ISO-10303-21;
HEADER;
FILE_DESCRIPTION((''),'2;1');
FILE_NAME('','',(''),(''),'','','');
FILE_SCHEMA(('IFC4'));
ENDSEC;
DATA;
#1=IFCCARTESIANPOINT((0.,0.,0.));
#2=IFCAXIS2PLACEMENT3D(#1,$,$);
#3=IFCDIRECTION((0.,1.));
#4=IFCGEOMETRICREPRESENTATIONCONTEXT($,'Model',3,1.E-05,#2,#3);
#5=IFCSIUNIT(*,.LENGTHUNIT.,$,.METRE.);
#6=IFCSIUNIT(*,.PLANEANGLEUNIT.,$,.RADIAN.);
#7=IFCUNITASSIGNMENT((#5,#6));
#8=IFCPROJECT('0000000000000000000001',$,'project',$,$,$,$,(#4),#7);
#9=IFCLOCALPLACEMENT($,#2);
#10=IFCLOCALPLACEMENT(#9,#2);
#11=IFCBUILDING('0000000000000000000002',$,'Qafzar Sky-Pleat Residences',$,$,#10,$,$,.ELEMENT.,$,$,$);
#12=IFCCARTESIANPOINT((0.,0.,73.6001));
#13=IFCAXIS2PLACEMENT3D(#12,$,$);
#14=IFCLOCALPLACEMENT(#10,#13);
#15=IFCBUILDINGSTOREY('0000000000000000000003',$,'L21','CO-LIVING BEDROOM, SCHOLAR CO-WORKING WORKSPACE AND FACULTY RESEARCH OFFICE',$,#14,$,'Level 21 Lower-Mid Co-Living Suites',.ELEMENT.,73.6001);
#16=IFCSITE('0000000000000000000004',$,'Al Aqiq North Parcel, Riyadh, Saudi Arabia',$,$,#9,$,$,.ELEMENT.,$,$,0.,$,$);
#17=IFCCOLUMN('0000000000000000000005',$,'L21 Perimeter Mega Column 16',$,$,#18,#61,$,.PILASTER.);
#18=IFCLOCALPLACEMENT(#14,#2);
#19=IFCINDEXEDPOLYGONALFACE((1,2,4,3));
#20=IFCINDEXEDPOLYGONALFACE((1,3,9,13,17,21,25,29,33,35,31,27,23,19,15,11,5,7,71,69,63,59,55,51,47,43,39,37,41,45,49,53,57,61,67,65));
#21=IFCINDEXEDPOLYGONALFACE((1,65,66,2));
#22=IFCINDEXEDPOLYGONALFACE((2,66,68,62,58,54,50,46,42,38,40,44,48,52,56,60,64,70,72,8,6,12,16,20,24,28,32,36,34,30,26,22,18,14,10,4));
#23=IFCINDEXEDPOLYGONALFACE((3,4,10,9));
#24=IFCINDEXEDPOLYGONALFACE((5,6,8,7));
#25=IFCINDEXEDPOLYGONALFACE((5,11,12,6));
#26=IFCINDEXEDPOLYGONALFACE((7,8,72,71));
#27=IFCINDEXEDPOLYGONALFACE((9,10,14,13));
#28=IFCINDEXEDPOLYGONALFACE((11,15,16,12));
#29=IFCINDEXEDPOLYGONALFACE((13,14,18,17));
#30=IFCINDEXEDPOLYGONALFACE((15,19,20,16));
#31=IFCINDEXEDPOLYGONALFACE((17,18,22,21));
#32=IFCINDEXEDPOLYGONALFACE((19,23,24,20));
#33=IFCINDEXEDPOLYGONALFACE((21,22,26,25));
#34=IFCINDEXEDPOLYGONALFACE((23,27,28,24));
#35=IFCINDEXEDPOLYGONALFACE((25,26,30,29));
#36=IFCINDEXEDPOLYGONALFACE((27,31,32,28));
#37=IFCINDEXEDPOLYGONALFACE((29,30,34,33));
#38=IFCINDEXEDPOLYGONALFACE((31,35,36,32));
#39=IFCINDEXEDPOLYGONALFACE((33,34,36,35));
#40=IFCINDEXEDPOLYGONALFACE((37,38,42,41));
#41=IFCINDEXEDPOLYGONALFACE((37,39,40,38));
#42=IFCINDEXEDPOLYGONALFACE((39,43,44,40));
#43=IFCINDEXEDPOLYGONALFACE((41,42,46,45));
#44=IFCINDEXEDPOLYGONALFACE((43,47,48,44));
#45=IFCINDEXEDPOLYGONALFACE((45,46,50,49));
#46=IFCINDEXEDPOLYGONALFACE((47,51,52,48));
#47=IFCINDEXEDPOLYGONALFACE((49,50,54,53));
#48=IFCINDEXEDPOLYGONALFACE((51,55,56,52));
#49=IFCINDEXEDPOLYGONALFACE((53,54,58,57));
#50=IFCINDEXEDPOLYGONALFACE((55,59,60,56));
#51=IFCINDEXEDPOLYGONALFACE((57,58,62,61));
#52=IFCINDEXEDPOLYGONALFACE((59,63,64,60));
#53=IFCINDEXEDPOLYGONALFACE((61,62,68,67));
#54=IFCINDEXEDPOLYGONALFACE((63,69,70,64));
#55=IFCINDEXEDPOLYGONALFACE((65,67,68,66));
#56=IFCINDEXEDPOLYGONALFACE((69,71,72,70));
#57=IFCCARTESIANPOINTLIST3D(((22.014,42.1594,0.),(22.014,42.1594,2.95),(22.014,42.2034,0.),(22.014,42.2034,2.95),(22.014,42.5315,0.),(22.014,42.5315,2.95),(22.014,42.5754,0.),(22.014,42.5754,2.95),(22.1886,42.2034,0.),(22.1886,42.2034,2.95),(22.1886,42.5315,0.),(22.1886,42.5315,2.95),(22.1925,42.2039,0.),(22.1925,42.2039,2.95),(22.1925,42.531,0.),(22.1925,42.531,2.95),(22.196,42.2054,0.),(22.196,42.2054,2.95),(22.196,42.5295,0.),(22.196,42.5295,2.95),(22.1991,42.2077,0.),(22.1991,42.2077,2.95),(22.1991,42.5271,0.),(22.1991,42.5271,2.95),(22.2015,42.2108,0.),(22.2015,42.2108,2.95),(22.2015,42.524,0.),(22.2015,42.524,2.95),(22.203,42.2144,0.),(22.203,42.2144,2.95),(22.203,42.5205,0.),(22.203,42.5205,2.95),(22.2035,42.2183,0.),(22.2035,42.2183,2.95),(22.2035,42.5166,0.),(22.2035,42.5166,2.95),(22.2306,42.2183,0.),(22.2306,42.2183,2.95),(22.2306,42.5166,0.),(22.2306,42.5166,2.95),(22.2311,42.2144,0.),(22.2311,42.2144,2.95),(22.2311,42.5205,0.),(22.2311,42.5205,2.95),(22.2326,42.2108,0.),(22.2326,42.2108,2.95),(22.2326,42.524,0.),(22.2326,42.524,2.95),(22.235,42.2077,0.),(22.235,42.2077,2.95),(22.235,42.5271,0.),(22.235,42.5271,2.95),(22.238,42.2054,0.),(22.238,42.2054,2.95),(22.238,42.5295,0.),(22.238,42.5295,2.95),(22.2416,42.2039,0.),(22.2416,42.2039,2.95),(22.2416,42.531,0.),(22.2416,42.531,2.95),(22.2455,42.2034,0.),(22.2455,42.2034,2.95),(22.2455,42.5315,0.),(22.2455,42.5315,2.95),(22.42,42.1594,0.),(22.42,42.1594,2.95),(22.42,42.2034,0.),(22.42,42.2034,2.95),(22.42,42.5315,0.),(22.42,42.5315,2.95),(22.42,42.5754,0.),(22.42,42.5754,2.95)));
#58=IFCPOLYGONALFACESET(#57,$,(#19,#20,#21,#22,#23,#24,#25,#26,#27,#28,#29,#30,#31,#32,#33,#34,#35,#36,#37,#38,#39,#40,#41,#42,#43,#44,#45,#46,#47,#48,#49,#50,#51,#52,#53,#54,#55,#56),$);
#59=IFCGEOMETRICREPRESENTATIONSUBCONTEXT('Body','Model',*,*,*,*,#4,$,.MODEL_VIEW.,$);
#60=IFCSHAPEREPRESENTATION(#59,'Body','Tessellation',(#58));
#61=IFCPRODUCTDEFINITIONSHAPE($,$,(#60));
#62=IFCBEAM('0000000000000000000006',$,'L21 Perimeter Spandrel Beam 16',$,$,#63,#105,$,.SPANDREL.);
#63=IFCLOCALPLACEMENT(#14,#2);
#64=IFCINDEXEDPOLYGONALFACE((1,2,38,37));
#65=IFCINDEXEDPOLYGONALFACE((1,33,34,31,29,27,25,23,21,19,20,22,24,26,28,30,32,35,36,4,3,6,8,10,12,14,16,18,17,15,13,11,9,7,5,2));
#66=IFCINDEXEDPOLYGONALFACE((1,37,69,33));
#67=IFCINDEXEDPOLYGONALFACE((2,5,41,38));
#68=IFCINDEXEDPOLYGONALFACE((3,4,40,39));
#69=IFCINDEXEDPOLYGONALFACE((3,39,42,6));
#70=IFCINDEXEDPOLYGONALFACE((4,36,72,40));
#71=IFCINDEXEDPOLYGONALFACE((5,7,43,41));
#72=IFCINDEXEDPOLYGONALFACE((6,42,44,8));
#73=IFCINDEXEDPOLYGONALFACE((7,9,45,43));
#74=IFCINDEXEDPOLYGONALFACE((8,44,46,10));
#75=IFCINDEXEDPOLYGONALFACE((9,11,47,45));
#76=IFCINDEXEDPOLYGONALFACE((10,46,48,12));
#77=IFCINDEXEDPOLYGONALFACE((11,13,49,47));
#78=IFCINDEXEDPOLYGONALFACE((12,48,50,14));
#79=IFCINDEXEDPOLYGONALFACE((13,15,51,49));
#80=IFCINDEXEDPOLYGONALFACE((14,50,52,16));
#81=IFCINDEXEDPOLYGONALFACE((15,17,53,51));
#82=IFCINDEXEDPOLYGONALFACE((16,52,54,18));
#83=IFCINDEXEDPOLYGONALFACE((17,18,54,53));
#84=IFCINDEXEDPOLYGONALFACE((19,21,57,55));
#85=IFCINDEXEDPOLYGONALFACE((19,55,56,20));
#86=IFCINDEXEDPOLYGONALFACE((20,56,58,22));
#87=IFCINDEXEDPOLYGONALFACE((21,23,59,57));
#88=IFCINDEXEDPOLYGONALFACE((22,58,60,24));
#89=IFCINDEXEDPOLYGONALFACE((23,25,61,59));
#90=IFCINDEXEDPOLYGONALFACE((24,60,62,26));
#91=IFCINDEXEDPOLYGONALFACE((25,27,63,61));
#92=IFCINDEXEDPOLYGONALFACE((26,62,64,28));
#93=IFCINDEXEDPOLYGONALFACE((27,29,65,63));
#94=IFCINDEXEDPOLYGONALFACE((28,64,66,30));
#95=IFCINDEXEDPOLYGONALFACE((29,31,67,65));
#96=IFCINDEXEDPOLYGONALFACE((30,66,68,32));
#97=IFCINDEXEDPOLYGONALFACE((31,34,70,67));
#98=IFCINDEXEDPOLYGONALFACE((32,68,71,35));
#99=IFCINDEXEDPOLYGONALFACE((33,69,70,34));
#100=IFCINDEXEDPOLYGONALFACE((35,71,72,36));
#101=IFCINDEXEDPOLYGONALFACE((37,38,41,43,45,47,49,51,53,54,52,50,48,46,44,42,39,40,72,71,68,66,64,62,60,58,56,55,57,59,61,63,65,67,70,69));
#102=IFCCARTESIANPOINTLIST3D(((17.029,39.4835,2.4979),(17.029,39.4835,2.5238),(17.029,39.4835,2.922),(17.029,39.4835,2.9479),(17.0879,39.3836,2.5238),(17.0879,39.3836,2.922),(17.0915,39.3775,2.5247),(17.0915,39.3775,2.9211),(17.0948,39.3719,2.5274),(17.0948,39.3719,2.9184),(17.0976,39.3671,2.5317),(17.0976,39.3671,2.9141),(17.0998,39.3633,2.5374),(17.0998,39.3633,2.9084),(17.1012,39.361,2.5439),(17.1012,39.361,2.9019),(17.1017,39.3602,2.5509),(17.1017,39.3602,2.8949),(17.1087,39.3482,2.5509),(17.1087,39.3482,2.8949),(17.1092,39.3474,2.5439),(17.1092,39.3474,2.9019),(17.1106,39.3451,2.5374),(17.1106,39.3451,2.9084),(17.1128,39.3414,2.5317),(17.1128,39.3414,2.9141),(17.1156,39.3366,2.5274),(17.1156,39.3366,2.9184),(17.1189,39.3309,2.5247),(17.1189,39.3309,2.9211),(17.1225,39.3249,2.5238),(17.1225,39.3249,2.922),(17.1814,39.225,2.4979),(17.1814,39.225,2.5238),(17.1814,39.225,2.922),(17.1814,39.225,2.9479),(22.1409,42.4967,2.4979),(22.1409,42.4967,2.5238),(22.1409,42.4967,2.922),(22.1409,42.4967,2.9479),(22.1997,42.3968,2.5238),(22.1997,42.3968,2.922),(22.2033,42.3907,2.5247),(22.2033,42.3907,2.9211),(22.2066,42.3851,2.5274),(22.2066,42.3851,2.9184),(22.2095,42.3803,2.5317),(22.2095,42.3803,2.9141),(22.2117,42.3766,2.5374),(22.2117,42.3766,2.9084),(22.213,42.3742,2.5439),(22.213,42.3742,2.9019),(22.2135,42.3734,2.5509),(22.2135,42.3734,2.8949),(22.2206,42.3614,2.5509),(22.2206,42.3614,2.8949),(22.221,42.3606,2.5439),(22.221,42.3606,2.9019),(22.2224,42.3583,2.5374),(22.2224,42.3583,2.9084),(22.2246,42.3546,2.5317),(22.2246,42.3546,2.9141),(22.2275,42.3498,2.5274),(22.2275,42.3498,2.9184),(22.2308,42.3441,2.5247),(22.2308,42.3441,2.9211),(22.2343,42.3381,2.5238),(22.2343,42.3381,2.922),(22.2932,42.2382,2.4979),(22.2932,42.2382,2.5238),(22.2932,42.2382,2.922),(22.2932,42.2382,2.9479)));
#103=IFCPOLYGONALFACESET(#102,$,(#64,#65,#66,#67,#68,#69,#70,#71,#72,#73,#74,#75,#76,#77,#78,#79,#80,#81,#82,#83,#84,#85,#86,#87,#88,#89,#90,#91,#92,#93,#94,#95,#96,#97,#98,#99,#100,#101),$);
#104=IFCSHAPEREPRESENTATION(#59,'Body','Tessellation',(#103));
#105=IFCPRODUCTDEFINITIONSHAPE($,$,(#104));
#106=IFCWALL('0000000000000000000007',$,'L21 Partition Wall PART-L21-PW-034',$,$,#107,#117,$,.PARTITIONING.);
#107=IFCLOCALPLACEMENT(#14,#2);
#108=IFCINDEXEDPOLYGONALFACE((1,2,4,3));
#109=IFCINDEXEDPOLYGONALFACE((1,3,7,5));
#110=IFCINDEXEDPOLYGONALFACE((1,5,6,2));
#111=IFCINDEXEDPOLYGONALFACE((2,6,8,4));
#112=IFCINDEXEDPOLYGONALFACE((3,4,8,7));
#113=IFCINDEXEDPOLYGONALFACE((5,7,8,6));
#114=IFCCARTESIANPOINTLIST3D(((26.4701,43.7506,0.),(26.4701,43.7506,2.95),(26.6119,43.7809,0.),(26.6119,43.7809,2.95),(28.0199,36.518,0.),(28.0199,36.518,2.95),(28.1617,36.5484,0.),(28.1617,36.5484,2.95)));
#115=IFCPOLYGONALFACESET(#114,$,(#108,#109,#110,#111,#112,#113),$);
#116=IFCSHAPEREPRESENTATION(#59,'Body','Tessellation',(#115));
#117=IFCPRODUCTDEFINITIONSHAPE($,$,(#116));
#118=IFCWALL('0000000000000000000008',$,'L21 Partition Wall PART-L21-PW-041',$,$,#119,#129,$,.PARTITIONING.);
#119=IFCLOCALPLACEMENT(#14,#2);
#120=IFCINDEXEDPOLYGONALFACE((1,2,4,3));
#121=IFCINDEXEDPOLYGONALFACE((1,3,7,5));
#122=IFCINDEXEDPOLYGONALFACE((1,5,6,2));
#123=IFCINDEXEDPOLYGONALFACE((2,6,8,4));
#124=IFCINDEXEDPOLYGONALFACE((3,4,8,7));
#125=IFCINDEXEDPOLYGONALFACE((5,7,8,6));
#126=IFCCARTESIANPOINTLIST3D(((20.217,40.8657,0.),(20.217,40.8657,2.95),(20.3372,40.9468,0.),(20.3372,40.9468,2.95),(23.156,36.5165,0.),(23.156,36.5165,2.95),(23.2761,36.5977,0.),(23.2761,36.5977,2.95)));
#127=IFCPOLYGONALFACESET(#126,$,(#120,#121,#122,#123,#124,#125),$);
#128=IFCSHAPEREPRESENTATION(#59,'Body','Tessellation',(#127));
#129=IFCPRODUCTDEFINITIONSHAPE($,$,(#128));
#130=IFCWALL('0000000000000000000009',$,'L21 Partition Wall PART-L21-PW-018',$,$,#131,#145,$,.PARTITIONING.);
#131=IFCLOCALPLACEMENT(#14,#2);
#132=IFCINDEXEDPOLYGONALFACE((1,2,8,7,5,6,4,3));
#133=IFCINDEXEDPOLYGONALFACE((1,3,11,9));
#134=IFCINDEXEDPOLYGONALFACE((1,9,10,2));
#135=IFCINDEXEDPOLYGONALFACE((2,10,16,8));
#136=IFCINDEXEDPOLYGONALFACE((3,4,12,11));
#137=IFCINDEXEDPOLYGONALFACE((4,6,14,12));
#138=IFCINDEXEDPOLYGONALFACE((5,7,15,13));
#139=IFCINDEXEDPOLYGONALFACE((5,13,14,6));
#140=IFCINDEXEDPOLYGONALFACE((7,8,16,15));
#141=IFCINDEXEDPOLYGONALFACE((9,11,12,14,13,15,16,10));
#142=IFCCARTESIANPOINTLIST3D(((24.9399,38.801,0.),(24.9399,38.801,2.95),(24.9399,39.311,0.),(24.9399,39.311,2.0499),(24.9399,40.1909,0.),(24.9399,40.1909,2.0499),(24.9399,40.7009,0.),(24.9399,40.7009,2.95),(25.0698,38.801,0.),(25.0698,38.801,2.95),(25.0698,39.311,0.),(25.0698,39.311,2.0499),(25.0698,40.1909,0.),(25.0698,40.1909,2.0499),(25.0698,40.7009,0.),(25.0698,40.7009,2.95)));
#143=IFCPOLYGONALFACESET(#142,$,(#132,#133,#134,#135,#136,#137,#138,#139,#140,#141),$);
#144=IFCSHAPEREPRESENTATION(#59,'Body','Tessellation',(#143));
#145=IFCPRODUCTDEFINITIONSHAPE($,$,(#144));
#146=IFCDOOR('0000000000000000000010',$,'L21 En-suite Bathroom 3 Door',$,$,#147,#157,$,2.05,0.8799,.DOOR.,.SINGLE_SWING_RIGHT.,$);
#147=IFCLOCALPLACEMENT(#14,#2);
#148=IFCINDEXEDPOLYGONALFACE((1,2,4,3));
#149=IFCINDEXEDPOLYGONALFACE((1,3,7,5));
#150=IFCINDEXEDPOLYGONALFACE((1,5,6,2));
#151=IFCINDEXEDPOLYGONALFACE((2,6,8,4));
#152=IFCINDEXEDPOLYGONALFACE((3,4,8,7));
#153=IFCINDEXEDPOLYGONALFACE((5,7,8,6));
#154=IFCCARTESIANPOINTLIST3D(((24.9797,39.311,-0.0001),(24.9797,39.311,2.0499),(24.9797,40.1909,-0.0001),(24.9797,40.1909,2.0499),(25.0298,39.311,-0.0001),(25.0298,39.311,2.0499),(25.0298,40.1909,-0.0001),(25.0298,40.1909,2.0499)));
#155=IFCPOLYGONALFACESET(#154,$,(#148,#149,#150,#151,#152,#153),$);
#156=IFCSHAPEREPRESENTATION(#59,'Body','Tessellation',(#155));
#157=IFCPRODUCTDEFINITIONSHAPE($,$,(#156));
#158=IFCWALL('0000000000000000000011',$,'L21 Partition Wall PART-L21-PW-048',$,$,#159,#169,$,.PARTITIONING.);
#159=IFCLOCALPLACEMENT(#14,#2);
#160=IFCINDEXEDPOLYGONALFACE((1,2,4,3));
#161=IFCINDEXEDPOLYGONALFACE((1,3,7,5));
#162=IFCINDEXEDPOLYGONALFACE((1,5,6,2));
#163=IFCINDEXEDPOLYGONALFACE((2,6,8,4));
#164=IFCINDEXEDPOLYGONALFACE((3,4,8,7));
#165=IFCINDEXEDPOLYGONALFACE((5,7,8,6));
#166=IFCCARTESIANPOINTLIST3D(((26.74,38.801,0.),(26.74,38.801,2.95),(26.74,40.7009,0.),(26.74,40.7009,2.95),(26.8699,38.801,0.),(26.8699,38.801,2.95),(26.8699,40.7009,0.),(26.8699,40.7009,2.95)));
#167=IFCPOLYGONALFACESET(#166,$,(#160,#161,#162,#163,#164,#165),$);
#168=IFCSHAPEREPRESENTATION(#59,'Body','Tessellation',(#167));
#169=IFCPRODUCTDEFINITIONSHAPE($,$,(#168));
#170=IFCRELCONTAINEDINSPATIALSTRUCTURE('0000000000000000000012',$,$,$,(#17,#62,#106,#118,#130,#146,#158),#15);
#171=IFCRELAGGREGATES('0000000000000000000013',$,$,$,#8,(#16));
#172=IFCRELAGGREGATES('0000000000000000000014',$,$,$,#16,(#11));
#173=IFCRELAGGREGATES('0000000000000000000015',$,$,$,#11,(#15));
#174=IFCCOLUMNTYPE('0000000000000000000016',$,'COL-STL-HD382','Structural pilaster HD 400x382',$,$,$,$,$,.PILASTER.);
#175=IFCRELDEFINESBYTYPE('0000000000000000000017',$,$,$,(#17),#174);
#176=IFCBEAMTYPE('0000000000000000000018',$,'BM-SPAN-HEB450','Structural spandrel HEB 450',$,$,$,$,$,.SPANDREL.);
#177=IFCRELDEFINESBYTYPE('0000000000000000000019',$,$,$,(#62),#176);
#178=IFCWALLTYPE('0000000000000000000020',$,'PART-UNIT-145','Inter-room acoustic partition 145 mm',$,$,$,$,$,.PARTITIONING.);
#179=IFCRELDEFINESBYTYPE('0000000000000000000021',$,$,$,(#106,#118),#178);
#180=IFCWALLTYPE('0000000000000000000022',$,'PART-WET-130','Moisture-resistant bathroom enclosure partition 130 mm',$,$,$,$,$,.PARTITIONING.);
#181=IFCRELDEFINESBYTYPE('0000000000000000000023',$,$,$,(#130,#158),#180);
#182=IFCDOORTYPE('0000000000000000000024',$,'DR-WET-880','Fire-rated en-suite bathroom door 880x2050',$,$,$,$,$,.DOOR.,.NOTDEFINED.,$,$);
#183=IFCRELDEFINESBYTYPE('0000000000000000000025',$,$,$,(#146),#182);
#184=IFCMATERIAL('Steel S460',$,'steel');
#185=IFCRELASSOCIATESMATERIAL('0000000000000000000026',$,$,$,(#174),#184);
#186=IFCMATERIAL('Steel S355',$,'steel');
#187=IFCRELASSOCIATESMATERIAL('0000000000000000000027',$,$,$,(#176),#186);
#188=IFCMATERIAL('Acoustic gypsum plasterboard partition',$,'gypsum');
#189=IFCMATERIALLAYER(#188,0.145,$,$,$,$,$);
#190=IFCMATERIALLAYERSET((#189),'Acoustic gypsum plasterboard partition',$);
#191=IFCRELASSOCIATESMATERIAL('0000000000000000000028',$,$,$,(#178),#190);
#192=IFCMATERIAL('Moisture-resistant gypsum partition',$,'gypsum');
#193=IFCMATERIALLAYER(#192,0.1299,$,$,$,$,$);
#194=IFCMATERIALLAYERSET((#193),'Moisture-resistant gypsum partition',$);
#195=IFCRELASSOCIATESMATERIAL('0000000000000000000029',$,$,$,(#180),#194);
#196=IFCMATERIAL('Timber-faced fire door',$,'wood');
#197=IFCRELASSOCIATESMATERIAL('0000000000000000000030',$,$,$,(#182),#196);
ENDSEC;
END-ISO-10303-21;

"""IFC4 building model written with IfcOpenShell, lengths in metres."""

from ifc_helpers import new_model, si_unit, direction, frame, frame_2d, origin, origin_2d, place, context, subcontext, project, spatial, rectangle, i_section, extrude, source, transform, mapped, material, layer, layer_set, material_profile, profile_set, type_object, element, fill, save


model = new_model("IFC4")

# Units and contexts
model_context = context("Model", 3, precision=1e-05, world=origin(), true_north=direction((0.0, 1.0)))
body_context = subcontext(model_context, "Body", "Model", "MODEL_VIEW")
ifc_project = project(units=[si_unit("LENGTHUNIT", "METRE"), si_unit("PLANEANGLEUNIT", "RADIAN")], contexts=[model_context])

# Site, building, storey
site_placement = place(None, origin())
site = spatial("IfcSite", under=ifc_project, at=site_placement, Name="Al Aqiq North Parcel, Riyadh, Saudi Arabia", CompositionType="ELEMENT", RefElevation=0.0)
building_placement = place(site_placement, origin())
building = spatial("IfcBuilding", under=site, at=building_placement, Name="Qafzar Sky-Pleat Residences", CompositionType="ELEMENT")
storey_placement = place(building_placement, frame((0.0, 0.0, 73.6001)))
storey = spatial("IfcBuildingStorey", under=building, at=storey_placement, Name="L21", Description="CO-LIVING BEDROOM, SCHOLAR CO-WORKING WORKSPACE AND FACULTY RESEARCH OFFICE", LongName="Level 21 Lower-Mid Co-Living Suites", CompositionType="ELEMENT", Elevation=73.6001)

# Column
ifc_material_1 = material(Name="Steel S460", Category="steel")
ifc_material_profile_1 = material_profile(ifc_material_1, i_section(OverallWidth=0.406, OverallDepth=0.416, WebThickness=0.0271, FlangeThickness=0.0439, FilletRadius=0.0149, at=origin_2d()), Name="HD 400x382")
ifc_profile_set_1 = profile_set([ifc_material_profile_1], Name="Steel S460")
column_type = type_object("IfcColumnType", Name="COL-STL-HD382", Description="Structural pilaster HD 400x382", PredefinedType="PILASTER", material=ifc_profile_set_1)
shared_shape_1 = source(origin(), body_context, "Body", "SweptSolid", [
    extrude(i_section(OverallWidth=0.406, OverallDepth=0.416, WebThickness=0.0271, FlangeThickness=0.0439, FilletRadius=0.0149, at=origin_2d()), origin(), (0.0, 0.0, 1.0), 2.95),
])
column_placement = place(storey_placement, frame((22.217, 42.3674, 0.0), z_axis=(0.0, 0.0, 1.0), x_axis=(1.0, 0.0, 0.0)))
element("IfcColumn", 1, at=column_placement, inside=storey, type_object=column_type, Name="L21 Perimeter Mega Column 16", PredefinedType="PILASTER", context=body_context, shape_type="MappedRepresentation", body=[
    mapped(shared_shape_1, transform((0.0, 0.0, 0.0), x_axis=(1.0, 0.0, 0.0), y_axis=(0.0, 1.0, 0.0), z_axis=(0.0, 0.0, 1.0), scale=1.0)),
])

# Beam
ifc_material_2 = material(Name="Steel S355", Category="steel")
ifc_material_profile_2 = material_profile(ifc_material_2, i_section(OverallWidth=0.3, OverallDepth=0.45, WebThickness=0.0139, FlangeThickness=0.0259, FilletRadius=0.0271, at=origin_2d()), Name="HEB 450")
ifc_profile_set_2 = profile_set([ifc_material_profile_2], Name="Steel S355")
beam_type = type_object("IfcBeamType", Name="BM-SPAN-HEB450", Description="Structural spandrel HEB 450", PredefinedType="SPANDREL", material=ifc_profile_set_2)
shared_shape_2 = source(origin(), body_context, "Body", "SweptSolid", [
    extrude(i_section(OverallWidth=0.3, OverallDepth=0.45, WebThickness=0.0139, FlangeThickness=0.0259, FilletRadius=0.0271, at=origin_2d()), origin(), (0.0, 0.0, 1.0), 5.9338),
])
beam_placement = place(storey_placement, frame((22.217, 42.3674, 2.7229), z_axis=(-0.861475, -0.5078, 0.0), x_axis=(0.5078, -0.861475, 0.0)))
element("IfcBeam", 2, at=beam_placement, inside=storey, type_object=beam_type, Name="L21 Perimeter Spandrel Beam 16", PredefinedType="SPANDREL", context=body_context, shape_type="MappedRepresentation", body=[
    mapped(shared_shape_2, transform((0.0, 0.0, 0.0), x_axis=(1.0, 0.0, 0.0), y_axis=(0.0, 1.0, 0.0), z_axis=(0.0, 0.0, 1.0), scale=1.0)),
])

# Walls
ifc_material_3 = material(Name="Acoustic gypsum plasterboard partition", Category="gypsum")
ifc_layer_1 = layer(ifc_material_3, 0.145)
ifc_layer_set_1 = layer_set([ifc_layer_1], Name="Acoustic gypsum plasterboard partition")
wall_type_1 = type_object("IfcWallType", Name="PART-UNIT-145", Description="Inter-room acoustic partition 145 mm", PredefinedType="PARTITIONING", material=ifc_layer_set_1)
wall_1_placement = place(storey_placement, frame((26.541, 43.7656, 0.0), z_axis=(0.0, 0.0, 1.0), x_axis=(0.209522, -0.977804, 0.0)))
element("IfcWall", 3, at=wall_1_placement, inside=storey, type_object=wall_type_1, Name="L21 Partition Wall PART-L21-PW-034", PredefinedType="PARTITIONING", context=body_context, shape_type="SweptSolid", body=[
    extrude(rectangle(XDim=7.3967, YDim=0.145, at=frame_2d((3.6982, 0.0))), origin(), (0.0, 0.0, 1.0), 2.95),
])
wall_2_placement = place(storey_placement, frame((20.2771, 40.9062, 0.0), z_axis=(0.0, 0.0, 1.0), x_axis=(0.559906, -0.828556, 0.0)))
element("IfcWall", 4, at=wall_2_placement, inside=storey, type_object=wall_type_1, Name="L21 Partition Wall PART-L21-PW-041", PredefinedType="PARTITIONING", context=body_context, shape_type="SweptSolid", body=[
    extrude(rectangle(XDim=5.249, YDim=0.145, at=frame_2d((2.6245, 0.0))), origin(), (0.0, 0.0, 1.0), 2.95),
])

# Wall, opening, door
ifc_material_4 = material(Name="Moisture-resistant gypsum partition", Category="gypsum")
ifc_layer_2 = layer(ifc_material_4, 0.1299)
ifc_layer_set_2 = layer_set([ifc_layer_2], Name="Moisture-resistant gypsum partition")
wall_type_2 = type_object("IfcWallType", Name="PART-WET-130", Description="Moisture-resistant bathroom enclosure partition 130 mm", PredefinedType="PARTITIONING", material=ifc_layer_set_2)
wall_3_placement = place(storey_placement, frame((25.0049, 40.7009, 0.0), z_axis=(0.0, 0.0, 1.0), x_axis=(0.0, -1.0, 0.0)))
wall_3 = element("IfcWall", 5, at=wall_3_placement, inside=storey, type_object=wall_type_2, Name="L21 Partition Wall PART-L21-PW-018", PredefinedType="PARTITIONING", context=body_context, shape_type="SweptSolid", body=[
    extrude(rectangle(XDim=1.8999, YDim=0.1299, at=frame_2d((0.95, 0.0))), origin(), (0.0, 0.0, 1.0), 2.95),
])
opening_1_placement = place(wall_3_placement, frame((0.51, 0.0, 0.0)))
opening_1 = element("IfcOpeningElement", 6, at=opening_1_placement, cuts=wall_3, PredefinedType="OPENING", context=body_context, shape_type="SweptSolid", body=[
    extrude(rectangle(XDim=0.8799, YDim=2.05, at=frame_2d((0.4399, 1.0249))), frame((0.0, 0.075, 0.0), z_axis=(0.0, -1.0, 0.0), x_axis=(1.0, 0.0, 0.0)), (0.0, 0.0, 1.0), 0.1499),
])
ifc_material_5 = material(Name="Timber-faced fire door", Category="wood")
door_type_1 = type_object("IfcDoorType", Name="DR-WET-880", Description="Fire-rated en-suite bathroom door 880x2050", OperationType="NOTDEFINED", PredefinedType="DOOR", material=ifc_material_5)
shared_shape_3 = source(origin(), body_context, "Body", "SweptSolid", [
    extrude(rectangle(XDim=0.8799, YDim=2.05, at=frame_2d((0.4399, 1.0249))), frame((0.0, 0.0249, 0.0), z_axis=(0.0, -1.0, 0.0), x_axis=(1.0, 0.0, 0.0)), (0.0, 0.0, 1.0), 0.05),
])
door_1_placement = place(opening_1_placement, origin())
door_1 = element("IfcDoor", 7, at=door_1_placement, inside=storey, type_object=door_type_1, Name="L21 En-suite Bathroom 3 Door", OperationType="SINGLE_SWING_RIGHT", OverallHeight=2.05, OverallWidth=0.8799, PredefinedType="DOOR", context=body_context, shape_type="MappedRepresentation", body=[
    mapped(shared_shape_3, transform((0.0, 0.0, 0.0), x_axis=(1.0, 0.0, 0.0), y_axis=(0.0, 1.0, 0.0), z_axis=(0.0, 0.0, 1.0), scale=1.0)),
])
fill(opening_1, door_1)

# Wall
wall_4_placement = place(storey_placement, frame((26.8049, 38.801, 0.0), z_axis=(0.0, 0.0, 1.0), x_axis=(0.0, 1.0, 0.0)))
element("IfcWall", 8, at=wall_4_placement, inside=storey, type_object=wall_type_2, Name="L21 Partition Wall PART-L21-PW-048", PredefinedType="PARTITIONING", context=body_context, shape_type="SweptSolid", body=[
    extrude(rectangle(XDim=1.8999, YDim=0.1299, at=frame_2d((0.95, 0.0))), origin(), (0.0, 0.0, 1.0), 2.95),
])

save(model, "model.ifc")
